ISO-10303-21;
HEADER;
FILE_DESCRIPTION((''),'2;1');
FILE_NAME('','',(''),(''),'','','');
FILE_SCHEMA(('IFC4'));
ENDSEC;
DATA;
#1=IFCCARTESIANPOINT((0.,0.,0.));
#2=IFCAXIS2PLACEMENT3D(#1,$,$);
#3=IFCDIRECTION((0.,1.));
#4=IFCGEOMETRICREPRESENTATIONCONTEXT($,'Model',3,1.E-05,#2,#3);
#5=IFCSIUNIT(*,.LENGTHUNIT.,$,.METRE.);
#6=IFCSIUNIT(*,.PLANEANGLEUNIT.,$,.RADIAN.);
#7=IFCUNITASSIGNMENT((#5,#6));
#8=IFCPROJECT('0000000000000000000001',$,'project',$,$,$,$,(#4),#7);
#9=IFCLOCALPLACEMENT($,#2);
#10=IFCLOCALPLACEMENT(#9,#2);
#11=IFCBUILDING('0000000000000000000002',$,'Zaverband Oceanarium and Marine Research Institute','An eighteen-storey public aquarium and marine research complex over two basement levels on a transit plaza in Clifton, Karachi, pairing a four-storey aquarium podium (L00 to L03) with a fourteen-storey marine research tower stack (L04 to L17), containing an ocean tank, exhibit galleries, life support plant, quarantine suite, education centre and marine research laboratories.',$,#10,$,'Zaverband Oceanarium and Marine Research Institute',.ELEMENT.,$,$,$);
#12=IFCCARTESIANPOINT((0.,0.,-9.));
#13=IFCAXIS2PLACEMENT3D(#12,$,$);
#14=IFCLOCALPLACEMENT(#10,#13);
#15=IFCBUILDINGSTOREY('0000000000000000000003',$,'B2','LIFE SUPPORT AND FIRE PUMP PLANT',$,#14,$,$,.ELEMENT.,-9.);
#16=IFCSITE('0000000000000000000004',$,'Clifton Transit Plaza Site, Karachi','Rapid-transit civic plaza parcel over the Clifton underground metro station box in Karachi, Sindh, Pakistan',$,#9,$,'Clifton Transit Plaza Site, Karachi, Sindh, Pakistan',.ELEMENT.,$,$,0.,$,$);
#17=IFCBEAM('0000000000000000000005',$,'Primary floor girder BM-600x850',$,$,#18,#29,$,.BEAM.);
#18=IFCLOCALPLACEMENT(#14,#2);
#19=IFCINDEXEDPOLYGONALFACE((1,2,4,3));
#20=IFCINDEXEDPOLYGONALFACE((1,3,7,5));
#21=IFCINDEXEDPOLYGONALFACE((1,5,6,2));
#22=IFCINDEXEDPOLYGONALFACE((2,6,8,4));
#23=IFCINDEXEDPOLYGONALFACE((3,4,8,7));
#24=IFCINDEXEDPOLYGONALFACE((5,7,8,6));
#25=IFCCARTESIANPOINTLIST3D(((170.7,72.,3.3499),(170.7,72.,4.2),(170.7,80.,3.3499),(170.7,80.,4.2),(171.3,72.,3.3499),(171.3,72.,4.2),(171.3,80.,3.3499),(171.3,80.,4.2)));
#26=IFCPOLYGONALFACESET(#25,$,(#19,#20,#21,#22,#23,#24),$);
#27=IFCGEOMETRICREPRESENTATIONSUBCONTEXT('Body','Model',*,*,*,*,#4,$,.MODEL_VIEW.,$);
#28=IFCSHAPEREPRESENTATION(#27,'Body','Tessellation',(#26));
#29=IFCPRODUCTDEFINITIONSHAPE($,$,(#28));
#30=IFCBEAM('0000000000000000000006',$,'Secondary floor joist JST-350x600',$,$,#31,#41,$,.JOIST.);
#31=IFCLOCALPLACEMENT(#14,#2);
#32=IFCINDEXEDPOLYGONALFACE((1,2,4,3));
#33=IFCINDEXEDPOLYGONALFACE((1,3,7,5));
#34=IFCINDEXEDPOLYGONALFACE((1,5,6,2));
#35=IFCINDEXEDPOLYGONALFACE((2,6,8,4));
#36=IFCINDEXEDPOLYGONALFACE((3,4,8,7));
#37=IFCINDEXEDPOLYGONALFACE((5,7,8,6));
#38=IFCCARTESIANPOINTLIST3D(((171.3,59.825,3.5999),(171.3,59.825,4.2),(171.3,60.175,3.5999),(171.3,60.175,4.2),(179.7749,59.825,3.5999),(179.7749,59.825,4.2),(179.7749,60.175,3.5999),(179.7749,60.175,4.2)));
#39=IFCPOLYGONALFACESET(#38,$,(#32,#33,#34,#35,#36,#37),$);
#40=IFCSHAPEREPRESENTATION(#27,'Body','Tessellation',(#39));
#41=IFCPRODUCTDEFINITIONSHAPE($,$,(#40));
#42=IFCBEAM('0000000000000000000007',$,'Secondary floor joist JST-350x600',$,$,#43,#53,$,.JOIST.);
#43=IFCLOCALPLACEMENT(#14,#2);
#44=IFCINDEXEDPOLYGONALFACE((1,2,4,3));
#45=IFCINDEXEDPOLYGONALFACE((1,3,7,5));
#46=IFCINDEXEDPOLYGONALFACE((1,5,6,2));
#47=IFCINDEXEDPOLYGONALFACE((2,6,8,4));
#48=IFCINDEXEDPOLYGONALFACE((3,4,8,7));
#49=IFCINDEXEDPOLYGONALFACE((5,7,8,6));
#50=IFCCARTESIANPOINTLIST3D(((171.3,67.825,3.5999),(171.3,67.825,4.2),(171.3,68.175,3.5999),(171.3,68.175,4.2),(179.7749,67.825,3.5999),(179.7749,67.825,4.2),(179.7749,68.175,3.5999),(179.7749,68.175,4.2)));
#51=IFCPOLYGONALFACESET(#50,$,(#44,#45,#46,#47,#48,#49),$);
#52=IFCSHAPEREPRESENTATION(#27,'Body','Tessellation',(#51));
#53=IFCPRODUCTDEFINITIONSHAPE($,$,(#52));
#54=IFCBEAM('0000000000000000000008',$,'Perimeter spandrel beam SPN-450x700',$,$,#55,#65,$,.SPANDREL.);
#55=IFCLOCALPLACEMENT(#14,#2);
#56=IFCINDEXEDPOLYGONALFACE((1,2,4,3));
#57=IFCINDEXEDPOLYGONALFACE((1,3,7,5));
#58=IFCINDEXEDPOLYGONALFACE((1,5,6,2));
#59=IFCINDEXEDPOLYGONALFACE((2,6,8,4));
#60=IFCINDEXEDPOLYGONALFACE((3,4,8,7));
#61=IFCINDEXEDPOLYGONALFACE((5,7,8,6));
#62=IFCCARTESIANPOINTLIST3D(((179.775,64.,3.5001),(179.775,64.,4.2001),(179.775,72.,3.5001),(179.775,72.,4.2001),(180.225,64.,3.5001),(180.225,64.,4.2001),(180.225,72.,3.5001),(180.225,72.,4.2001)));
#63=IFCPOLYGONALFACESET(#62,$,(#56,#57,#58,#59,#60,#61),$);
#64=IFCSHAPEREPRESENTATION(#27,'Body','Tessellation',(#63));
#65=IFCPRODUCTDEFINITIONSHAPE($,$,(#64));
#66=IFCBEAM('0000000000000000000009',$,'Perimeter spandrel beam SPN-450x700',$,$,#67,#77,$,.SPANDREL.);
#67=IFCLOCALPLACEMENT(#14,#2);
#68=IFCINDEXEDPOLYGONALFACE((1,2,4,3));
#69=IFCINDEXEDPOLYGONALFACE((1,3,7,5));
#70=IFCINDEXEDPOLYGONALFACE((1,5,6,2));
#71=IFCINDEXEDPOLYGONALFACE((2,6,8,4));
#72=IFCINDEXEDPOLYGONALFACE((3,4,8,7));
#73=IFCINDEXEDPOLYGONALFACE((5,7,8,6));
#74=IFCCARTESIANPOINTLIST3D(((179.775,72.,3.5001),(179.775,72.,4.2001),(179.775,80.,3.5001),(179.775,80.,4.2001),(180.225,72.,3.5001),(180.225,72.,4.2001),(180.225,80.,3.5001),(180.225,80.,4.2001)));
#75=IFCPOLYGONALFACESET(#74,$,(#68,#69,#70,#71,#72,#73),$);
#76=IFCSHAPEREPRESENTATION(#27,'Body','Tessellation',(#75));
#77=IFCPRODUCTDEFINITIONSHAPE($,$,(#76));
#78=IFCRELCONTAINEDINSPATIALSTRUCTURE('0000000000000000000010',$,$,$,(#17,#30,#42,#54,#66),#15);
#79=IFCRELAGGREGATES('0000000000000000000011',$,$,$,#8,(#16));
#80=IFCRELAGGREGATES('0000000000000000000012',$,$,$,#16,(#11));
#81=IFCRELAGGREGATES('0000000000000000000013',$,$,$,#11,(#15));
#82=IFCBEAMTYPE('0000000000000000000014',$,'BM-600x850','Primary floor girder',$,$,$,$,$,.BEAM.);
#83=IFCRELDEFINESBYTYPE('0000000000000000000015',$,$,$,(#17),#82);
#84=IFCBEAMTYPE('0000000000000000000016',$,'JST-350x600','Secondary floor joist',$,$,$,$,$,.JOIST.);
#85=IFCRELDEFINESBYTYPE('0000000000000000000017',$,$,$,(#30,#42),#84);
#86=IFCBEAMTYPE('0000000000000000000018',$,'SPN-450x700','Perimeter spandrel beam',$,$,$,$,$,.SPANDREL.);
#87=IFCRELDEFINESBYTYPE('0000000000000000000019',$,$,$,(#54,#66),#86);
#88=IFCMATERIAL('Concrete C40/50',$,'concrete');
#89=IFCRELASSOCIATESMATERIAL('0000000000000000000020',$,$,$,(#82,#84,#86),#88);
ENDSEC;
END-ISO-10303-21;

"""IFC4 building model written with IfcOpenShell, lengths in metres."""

from ifc_helpers import new_model, si_unit, direction, frame, origin, origin_2d, place, context, subcontext, project, spatial, rectangle, extrude, material, material_profile, profile_set, type_object, element, save


model = new_model("IFC4")

# Units and contexts
model_context = context("Model", 3, precision=1e-05, world=origin(), true_north=direction((0.0, 1.0)))
body_context = subcontext(model_context, "Body", "Model", "MODEL_VIEW")
ifc_project = project(units=[si_unit("LENGTHUNIT", "METRE"), si_unit("PLANEANGLEUNIT", "RADIAN")], contexts=[model_context])

# Site, building, storey
site_placement = place(None, origin())
site = spatial("IfcSite", under=ifc_project, at=site_placement, Name="Clifton Transit Plaza Site, Karachi", Description="Rapid-transit civic plaza parcel over the Clifton underground metro station box in Karachi, Sindh, Pakistan", LongName="Clifton Transit Plaza Site, Karachi, Sindh, Pakistan", CompositionType="ELEMENT", RefElevation=0.0)
building_placement = place(site_placement, origin())
building = spatial("IfcBuilding", under=site, at=building_placement, Name="Zaverband Oceanarium and Marine Research Institute", Description="An eighteen-storey public aquarium and marine research complex over two basement levels on a transit plaza in Clifton, Karachi, pairing a four-storey aquarium podium (L00 to L03) with a fourteen-storey marine research tower stack (L04 to L17), containing an ocean tank, exhibit galleries, life support plant, quarantine suite, education centre and marine research laboratories.", LongName="Zaverband Oceanarium and Marine Research Institute", CompositionType="ELEMENT")
storey_placement = place(building_placement, frame((0.0, 0.0, -9.0)))
storey = spatial("IfcBuildingStorey", under=building, at=storey_placement, Name="B2", Description="LIFE SUPPORT AND FIRE PUMP PLANT", CompositionType="ELEMENT", Elevation=-9.0)

# Shared definitions
ifc_material_1 = material(Name="Concrete C40/50", Category="concrete")

# Beams
ifc_material_profile_1 = material_profile(ifc_material_1, rectangle(XDim=0.6001, YDim=0.8501, at=origin_2d()), Name="RC600x850")
ifc_profile_set_1 = profile_set([ifc_material_profile_1], Name="Concrete C40/50")
beam_type_1 = type_object("IfcBeamType", Name="BM-600x850", Description="Primary floor girder", PredefinedType="BEAM", material=ifc_profile_set_1)
for number, where, z_axis, x_axis, name in (
    (1, (171.0, 72.0, 3.7749), (0.0, 1.0, 0.0), (-1.0, 0.0, 0.0), "Primary floor girder BM-600x850"),
):
    element("IfcBeam", number, at=place(storey_placement, frame(where, z_axis=z_axis, x_axis=x_axis)), inside=storey, type_object=beam_type_1, Name=name, PredefinedType="BEAM", context=body_context, shape_type="SweptSolid", body=[
        extrude(rectangle(XDim=0.6001, YDim=0.8501, at=origin_2d()), origin(), (0.0, 0.0, 1.0), 8.0),
    ])
ifc_material_profile_2 = material_profile(ifc_material_1, rectangle(XDim=0.3501, YDim=0.6001, at=origin_2d()), Name="RC350x600")
ifc_profile_set_2 = profile_set([ifc_material_profile_2], Name="Concrete C40/50")
beam_type_2 = type_object("IfcBeamType", Name="JST-350x600", Description="Secondary floor joist", PredefinedType="JOIST", material=ifc_profile_set_2)
for number, where, z_axis, x_axis, name in (
    (2, (171.3, 60.0, 3.8999), (1.0, 0.0, 0.0), (0.0, 1.0, 0.0), "Secondary floor joist JST-350x600"),
    (3, (171.3, 68.0, 3.8999), (1.0, 0.0, 0.0), (0.0, 1.0, 0.0), "Secondary floor joist JST-350x600"),
):
    element("IfcBeam", number, at=place(storey_placement, frame(where, z_axis=z_axis, x_axis=x_axis)), inside=storey, type_object=beam_type_2, Name=name, PredefinedType="JOIST", context=body_context, shape_type="SweptSolid", body=[
        extrude(rectangle(XDim=0.3501, YDim=0.6001, at=origin_2d()), origin(), (0.0, 0.0, 1.0), 8.4749),
    ])
ifc_material_profile_3 = material_profile(ifc_material_1, rectangle(XDim=0.45, YDim=0.7, at=origin_2d()), Name="RC450x700")
ifc_profile_set_3 = profile_set([ifc_material_profile_3], Name="Concrete C40/50")
beam_type_3 = type_object("IfcBeamType", Name="SPN-450x700", Description="Perimeter spandrel beam", PredefinedType="SPANDREL", material=ifc_profile_set_3)
for number, where, z_axis, x_axis, name in (
    (4, (180.0, 64.0, 3.8501), (0.0, 1.0, 0.0), (-1.0, 0.0, 0.0), "Perimeter spandrel beam SPN-450x700"),
    (5, (180.0, 72.0, 3.8501), (0.0, 1.0, 0.0), (-1.0, 0.0, 0.0), "Perimeter spandrel beam SPN-450x700"),
):
    element("IfcBeam", number, at=place(storey_placement, frame(where, z_axis=z_axis, x_axis=x_axis)), inside=storey, type_object=beam_type_3, Name=name, PredefinedType="SPANDREL", context=body_context, shape_type="SweptSolid", body=[
        extrude(rectangle(XDim=0.45, YDim=0.7, at=origin_2d()), origin(), (0.0, 0.0, 1.0), 8.0),
    ])

save(model, "model.ifc")
